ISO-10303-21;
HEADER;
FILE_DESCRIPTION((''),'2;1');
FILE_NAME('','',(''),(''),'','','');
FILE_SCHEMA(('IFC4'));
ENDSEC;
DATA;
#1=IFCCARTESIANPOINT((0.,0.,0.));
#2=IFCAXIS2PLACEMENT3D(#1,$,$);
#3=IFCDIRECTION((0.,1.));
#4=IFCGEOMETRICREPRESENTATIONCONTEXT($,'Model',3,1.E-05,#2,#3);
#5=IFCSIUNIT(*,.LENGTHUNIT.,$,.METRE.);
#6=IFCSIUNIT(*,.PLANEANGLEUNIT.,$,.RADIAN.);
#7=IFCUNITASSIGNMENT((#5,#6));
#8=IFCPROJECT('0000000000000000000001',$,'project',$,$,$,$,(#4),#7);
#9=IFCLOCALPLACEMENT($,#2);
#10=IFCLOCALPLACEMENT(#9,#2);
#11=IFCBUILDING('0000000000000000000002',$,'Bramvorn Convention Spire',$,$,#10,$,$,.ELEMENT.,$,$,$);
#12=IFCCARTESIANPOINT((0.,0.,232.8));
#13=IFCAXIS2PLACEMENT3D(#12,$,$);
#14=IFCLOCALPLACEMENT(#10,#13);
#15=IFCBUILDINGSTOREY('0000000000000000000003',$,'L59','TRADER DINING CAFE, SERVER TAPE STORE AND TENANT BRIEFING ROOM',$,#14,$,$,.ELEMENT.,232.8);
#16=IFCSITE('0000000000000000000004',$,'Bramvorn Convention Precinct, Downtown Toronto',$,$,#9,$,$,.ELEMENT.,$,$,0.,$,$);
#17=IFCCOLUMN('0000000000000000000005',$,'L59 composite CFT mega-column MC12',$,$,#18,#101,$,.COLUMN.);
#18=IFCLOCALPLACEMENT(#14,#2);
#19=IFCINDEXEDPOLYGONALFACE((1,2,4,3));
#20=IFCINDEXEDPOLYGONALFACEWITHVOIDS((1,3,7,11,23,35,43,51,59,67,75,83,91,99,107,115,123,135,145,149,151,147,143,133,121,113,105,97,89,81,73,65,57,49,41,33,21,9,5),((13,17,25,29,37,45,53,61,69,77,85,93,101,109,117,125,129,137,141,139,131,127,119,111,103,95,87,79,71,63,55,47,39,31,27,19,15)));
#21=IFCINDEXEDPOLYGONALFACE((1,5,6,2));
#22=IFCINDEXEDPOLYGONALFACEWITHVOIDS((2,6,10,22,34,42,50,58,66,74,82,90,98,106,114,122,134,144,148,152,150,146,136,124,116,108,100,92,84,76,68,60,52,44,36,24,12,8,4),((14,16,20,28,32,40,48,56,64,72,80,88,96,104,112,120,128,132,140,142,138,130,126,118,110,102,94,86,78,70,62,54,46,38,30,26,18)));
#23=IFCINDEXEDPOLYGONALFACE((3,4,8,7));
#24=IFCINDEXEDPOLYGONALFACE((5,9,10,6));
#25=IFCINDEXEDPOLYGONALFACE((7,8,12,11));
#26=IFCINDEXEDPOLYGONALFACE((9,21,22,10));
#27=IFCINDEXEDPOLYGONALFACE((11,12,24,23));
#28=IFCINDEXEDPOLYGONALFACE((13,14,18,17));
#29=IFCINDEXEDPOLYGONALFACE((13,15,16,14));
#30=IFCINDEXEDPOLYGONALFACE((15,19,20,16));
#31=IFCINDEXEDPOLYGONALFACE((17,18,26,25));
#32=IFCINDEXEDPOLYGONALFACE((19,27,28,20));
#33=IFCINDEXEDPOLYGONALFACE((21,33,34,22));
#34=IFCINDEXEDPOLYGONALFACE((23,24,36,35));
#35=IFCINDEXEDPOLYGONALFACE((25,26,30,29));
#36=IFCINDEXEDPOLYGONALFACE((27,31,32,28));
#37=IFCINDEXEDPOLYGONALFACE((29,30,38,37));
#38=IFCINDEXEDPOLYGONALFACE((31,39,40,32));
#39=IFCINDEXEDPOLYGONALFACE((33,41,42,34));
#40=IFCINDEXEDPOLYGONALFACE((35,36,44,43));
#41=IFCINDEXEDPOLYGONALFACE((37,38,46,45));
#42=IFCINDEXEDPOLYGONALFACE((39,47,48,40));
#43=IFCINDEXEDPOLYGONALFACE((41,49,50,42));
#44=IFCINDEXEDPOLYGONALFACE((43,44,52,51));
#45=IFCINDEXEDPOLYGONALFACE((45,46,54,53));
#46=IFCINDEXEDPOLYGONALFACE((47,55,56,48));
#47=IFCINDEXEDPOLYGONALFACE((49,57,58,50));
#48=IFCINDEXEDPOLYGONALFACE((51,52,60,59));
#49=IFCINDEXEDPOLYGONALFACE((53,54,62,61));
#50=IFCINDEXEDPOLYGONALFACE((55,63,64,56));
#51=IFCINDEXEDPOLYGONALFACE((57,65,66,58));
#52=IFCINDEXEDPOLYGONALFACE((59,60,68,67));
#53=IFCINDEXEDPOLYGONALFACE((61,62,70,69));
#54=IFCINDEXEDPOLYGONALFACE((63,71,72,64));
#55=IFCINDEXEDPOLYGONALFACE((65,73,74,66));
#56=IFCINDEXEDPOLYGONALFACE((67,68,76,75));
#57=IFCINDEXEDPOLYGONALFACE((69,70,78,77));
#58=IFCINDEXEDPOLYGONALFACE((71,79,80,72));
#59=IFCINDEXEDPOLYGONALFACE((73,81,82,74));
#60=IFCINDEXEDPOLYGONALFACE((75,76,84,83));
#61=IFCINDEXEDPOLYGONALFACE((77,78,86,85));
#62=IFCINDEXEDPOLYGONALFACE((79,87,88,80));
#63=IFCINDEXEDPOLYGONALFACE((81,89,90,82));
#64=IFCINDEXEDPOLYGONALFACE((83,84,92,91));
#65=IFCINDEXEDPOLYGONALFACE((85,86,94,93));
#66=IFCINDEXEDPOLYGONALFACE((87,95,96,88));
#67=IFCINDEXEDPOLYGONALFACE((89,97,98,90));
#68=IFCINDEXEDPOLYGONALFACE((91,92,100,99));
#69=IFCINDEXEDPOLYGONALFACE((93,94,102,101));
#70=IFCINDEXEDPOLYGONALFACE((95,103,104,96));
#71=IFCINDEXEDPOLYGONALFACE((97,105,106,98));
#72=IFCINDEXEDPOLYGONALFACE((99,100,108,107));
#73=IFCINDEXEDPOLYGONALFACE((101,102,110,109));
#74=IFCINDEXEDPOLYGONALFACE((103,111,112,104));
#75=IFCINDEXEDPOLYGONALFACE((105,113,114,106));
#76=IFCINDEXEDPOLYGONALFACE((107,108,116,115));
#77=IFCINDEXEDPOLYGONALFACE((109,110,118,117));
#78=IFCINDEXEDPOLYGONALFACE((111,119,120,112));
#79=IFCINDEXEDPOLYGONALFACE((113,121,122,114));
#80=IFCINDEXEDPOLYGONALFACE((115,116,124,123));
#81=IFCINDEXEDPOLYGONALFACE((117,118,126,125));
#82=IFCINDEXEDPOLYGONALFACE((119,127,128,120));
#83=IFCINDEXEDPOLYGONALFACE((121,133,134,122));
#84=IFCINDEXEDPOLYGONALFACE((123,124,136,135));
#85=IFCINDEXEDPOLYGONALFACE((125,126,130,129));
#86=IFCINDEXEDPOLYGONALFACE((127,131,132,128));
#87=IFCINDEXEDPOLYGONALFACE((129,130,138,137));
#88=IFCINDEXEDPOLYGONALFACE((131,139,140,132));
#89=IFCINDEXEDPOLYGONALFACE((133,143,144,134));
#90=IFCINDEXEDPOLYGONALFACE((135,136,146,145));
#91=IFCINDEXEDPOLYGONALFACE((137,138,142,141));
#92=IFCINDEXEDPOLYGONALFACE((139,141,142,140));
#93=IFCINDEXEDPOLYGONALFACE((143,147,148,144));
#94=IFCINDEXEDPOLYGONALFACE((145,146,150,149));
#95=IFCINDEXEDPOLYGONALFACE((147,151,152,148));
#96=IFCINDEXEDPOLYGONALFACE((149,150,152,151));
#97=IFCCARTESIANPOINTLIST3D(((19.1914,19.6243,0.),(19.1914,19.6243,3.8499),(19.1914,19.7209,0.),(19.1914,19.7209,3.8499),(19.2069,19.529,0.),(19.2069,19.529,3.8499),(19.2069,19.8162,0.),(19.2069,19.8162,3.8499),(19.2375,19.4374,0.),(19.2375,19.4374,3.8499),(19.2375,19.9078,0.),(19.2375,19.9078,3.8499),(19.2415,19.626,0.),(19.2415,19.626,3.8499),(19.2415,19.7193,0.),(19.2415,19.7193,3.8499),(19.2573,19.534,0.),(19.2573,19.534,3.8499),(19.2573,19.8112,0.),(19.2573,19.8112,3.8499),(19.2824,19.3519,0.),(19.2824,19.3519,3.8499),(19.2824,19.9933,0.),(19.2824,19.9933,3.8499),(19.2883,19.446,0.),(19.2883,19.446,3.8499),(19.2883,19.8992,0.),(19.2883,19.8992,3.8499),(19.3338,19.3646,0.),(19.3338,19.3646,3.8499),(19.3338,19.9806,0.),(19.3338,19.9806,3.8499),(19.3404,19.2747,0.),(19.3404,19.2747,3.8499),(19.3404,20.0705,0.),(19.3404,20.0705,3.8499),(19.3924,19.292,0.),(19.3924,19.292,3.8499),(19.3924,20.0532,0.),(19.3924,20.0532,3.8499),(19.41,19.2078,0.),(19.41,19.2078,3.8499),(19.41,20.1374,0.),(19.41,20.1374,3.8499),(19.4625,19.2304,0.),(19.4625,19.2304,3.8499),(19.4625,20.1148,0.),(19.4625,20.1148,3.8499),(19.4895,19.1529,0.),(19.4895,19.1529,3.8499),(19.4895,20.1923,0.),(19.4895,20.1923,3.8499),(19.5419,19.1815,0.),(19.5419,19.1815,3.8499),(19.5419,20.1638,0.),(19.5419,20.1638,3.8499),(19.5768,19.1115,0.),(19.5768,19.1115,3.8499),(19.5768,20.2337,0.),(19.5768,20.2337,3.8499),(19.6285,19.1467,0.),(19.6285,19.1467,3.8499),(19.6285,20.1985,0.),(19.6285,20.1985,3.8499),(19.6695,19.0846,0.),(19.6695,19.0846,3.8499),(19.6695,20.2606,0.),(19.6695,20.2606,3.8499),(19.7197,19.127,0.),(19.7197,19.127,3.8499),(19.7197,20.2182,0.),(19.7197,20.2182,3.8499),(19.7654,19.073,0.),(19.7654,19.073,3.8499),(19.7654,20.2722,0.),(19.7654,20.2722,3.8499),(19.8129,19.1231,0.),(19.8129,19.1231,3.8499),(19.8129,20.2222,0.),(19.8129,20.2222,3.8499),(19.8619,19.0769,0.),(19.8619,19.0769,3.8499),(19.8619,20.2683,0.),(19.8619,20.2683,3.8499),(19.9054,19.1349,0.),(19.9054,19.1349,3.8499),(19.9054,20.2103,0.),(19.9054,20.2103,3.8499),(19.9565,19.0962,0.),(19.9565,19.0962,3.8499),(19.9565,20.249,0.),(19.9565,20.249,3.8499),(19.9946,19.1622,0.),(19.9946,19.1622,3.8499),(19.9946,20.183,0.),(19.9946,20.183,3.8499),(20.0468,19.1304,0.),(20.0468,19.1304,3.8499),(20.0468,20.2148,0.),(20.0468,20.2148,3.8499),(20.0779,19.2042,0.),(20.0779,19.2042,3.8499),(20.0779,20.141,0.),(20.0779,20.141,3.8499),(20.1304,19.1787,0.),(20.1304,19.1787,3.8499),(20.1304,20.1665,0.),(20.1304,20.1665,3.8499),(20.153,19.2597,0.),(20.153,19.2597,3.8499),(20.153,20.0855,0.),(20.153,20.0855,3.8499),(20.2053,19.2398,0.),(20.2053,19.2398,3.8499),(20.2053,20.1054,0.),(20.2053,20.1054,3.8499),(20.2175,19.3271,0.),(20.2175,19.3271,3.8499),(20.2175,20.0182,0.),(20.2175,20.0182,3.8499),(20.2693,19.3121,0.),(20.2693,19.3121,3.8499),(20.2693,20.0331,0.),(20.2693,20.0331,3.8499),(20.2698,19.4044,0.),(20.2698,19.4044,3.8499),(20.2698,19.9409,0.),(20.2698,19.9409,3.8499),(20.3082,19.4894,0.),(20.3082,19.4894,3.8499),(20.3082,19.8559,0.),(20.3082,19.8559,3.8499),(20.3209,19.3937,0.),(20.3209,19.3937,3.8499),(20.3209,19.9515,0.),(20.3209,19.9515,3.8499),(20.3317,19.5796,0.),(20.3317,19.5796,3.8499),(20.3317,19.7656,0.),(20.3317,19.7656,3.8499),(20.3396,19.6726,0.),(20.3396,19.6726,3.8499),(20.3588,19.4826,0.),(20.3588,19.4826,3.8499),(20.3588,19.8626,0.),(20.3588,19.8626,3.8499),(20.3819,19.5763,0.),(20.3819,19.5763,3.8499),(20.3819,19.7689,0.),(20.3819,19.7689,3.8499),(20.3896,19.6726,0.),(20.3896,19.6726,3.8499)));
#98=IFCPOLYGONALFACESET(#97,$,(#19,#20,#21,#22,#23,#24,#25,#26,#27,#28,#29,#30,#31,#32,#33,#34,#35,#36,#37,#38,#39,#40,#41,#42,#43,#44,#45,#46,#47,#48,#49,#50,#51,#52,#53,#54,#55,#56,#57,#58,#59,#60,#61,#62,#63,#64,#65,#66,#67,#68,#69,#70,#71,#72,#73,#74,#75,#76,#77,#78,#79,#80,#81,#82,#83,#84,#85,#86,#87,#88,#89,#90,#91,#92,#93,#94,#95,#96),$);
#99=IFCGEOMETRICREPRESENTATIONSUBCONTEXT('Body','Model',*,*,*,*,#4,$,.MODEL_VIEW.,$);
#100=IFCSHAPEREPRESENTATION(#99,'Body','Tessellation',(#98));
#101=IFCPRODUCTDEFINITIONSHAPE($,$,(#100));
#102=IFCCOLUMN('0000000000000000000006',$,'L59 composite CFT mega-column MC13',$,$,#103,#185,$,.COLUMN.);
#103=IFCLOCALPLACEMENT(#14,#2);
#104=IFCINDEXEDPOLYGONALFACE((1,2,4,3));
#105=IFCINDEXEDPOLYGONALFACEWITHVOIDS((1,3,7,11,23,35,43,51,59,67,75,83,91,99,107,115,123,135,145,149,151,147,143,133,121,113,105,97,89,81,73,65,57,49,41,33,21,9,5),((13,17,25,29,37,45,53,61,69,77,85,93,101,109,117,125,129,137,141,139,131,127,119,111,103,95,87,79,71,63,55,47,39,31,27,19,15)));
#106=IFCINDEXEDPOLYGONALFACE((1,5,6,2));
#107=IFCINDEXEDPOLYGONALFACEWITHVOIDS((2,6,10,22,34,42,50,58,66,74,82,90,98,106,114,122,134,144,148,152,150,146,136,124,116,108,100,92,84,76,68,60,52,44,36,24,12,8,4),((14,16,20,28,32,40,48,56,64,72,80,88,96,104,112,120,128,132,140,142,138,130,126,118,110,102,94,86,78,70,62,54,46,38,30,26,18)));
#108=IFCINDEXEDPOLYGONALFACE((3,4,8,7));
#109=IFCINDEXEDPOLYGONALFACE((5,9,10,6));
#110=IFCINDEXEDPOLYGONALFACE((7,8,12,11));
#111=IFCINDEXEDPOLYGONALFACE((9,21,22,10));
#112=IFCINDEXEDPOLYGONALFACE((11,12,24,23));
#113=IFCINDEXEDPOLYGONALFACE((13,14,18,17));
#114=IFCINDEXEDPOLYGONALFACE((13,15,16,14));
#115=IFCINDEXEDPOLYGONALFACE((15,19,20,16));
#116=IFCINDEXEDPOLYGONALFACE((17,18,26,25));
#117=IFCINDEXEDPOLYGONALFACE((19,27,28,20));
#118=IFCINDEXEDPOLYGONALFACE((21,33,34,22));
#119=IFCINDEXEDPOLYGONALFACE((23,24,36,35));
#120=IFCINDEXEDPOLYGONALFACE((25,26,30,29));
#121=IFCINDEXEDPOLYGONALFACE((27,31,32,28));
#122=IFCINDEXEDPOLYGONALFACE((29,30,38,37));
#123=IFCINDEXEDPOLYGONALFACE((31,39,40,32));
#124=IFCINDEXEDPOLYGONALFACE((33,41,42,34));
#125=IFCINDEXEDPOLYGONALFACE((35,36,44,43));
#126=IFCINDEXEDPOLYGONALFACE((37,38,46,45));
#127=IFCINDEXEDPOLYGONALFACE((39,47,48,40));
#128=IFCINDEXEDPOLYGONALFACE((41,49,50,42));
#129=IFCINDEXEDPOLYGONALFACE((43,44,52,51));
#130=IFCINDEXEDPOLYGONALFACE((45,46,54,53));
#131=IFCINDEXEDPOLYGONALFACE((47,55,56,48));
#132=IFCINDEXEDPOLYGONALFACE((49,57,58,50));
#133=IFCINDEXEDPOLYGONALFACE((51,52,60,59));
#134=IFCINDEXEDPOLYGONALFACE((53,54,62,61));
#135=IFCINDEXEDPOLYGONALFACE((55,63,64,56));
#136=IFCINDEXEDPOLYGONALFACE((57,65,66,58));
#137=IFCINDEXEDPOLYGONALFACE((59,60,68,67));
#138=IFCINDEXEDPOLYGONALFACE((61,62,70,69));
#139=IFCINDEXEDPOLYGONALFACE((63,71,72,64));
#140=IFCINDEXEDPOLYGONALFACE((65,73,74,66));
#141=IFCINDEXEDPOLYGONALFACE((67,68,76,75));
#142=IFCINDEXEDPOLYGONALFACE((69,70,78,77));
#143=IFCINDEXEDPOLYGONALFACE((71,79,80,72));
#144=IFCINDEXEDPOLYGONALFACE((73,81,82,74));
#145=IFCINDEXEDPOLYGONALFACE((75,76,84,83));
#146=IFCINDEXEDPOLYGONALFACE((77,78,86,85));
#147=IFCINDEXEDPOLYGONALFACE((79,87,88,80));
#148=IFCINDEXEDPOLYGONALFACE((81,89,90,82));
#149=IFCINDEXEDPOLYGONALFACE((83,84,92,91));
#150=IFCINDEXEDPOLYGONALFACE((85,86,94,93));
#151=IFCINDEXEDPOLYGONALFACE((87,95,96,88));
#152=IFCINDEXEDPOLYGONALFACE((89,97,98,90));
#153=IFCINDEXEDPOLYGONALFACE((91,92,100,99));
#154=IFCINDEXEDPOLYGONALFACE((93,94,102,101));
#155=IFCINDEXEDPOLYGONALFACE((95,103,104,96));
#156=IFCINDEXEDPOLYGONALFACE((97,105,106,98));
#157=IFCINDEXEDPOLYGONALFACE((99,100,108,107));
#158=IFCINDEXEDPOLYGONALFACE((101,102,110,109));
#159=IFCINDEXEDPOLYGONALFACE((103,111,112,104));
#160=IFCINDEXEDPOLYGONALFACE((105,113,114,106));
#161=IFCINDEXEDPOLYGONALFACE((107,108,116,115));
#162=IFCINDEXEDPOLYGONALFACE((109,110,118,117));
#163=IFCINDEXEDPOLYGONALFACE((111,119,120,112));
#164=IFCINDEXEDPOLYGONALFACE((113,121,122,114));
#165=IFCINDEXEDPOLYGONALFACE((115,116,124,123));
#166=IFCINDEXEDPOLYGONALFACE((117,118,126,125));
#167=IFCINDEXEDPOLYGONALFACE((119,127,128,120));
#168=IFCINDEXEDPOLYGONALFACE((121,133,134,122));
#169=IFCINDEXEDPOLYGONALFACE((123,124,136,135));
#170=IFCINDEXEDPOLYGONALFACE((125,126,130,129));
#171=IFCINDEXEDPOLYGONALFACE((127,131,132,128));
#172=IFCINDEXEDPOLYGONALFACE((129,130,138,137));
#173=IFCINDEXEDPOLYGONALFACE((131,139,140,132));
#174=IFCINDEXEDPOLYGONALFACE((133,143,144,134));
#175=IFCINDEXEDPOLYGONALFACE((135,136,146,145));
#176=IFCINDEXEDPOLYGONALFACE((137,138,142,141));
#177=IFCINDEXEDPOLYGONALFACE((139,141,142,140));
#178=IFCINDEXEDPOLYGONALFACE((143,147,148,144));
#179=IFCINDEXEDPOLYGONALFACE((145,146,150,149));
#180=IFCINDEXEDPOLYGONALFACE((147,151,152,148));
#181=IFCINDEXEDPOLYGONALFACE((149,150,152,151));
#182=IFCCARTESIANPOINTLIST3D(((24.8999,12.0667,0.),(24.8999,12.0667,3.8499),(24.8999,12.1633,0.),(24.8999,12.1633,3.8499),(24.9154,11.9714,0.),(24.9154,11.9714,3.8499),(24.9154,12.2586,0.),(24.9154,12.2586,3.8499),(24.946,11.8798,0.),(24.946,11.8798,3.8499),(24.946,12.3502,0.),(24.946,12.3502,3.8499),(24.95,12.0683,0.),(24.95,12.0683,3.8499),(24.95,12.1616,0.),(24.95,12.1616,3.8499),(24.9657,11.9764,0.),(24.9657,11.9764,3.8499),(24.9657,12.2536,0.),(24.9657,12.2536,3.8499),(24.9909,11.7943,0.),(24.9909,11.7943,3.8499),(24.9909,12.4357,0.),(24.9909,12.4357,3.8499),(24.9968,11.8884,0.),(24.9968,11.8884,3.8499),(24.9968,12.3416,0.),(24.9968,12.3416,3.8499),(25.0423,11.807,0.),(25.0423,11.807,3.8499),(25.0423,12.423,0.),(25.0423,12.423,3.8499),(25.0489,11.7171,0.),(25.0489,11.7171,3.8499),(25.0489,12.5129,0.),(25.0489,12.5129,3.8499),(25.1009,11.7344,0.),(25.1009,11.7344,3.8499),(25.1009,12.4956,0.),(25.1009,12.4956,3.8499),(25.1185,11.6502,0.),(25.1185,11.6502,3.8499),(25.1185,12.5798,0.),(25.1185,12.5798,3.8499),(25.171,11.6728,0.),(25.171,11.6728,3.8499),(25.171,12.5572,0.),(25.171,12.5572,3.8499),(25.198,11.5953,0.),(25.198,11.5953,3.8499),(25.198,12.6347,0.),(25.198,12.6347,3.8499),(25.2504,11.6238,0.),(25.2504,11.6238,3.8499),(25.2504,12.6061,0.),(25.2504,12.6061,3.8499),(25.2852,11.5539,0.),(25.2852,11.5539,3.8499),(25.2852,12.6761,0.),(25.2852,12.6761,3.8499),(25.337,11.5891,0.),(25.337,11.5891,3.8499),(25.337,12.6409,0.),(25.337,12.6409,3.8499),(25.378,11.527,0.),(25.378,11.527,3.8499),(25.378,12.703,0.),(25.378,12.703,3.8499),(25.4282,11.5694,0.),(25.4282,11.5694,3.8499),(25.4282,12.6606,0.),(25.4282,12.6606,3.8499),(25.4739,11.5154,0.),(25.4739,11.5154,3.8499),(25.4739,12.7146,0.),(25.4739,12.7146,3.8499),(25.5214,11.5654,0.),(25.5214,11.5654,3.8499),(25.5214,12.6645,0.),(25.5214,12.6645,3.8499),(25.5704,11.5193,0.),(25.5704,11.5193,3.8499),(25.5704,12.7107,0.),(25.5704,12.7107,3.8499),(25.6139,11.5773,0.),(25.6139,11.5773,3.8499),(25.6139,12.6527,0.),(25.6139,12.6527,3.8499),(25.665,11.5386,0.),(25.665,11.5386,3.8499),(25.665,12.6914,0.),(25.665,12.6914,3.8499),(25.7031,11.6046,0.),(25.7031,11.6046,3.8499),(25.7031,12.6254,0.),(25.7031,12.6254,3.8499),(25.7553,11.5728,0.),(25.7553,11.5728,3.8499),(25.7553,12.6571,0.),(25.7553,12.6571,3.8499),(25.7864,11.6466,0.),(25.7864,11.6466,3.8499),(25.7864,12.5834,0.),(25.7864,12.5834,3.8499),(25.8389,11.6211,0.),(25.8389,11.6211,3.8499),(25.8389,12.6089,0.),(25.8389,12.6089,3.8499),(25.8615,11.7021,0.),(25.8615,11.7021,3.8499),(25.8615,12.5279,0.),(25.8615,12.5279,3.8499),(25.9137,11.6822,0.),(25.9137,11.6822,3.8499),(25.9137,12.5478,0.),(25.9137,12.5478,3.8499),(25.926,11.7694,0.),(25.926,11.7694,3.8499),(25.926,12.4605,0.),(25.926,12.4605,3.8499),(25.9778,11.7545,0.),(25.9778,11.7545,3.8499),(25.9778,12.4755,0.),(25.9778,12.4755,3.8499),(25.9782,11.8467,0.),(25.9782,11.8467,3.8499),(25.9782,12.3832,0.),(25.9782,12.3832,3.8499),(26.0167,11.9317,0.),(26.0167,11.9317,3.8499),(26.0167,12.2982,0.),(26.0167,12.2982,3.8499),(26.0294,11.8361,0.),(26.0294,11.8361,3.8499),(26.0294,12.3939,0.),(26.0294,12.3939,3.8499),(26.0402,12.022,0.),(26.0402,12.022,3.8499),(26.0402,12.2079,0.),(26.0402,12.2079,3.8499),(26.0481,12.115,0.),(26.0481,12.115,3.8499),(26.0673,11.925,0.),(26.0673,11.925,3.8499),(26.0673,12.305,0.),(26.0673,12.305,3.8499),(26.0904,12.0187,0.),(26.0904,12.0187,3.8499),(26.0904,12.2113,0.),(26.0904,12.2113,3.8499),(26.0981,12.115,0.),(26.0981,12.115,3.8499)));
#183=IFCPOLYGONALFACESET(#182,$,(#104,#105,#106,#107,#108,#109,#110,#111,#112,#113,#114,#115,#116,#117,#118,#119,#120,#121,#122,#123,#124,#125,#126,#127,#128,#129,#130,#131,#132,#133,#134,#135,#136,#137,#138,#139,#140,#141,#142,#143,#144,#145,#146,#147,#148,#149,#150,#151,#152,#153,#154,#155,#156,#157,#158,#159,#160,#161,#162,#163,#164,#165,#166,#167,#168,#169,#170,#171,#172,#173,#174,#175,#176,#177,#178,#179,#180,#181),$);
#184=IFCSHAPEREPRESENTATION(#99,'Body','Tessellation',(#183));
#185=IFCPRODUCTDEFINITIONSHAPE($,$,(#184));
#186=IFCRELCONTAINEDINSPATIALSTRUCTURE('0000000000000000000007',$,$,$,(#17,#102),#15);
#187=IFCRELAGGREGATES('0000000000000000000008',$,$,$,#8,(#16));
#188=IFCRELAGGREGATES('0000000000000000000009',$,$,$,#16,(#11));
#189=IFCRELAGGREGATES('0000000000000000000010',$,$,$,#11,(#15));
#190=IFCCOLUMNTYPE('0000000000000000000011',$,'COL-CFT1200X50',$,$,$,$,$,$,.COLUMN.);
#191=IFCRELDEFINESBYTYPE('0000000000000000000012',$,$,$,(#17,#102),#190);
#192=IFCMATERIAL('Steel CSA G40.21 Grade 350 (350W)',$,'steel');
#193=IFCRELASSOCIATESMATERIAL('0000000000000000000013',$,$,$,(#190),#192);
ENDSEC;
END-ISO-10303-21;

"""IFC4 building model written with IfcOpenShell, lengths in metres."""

from ifc_helpers import new_model, si_unit, direction, frame, origin, origin_2d, place, context, subcontext, project, spatial, hollow_circle, extrude, material, material_profile, profile_set, type_object, element, save


model = new_model("IFC4")

# Units and contexts
model_context = context("Model", 3, precision=1e-05, world=origin(), true_north=direction((0.0, 1.0)))
body_context = subcontext(model_context, "Body", "Model", "MODEL_VIEW")
ifc_project = project(units=[si_unit("LENGTHUNIT", "METRE"), si_unit("PLANEANGLEUNIT", "RADIAN")], contexts=[model_context])

# Site, building, storey
site_placement = place(None, origin())
site = spatial("IfcSite", under=ifc_project, at=site_placement, Name="Bramvorn Convention Precinct, Downtown Toronto", CompositionType="ELEMENT", RefElevation=0.0)
building_placement = place(site_placement, origin())
building = spatial("IfcBuilding", under=site, at=building_placement, Name="Bramvorn Convention Spire", CompositionType="ELEMENT")
storey_placement = place(building_placement, frame((0.0, 0.0, 232.8)))
storey = spatial("IfcBuildingStorey", under=building, at=storey_placement, Name="L59", Description="TRADER DINING CAFE, SERVER TAPE STORE AND TENANT BRIEFING ROOM", CompositionType="ELEMENT", Elevation=232.8)

# Columns
ifc_material_1 = material(Name="Steel CSA G40.21 Grade 350 (350W)", Category="steel")
ifc_material_profile_1 = material_profile(ifc_material_1, hollow_circle(Radius=0.6001, WallThickness=0.05, at=origin_2d()))
ifc_profile_set_1 = profile_set([ifc_material_profile_1], Name="Steel CSA G40.21 Grade 350 (350W) - CFT1200X50")
column_type = type_object("IfcColumnType", Name="COL-CFT1200X50", PredefinedType="COLUMN", material=ifc_profile_set_1)
for number, where, z_axis, x_axis, name in (
    (1, (19.7896, 19.6726, 0.0), (0.0, 0.0, 1.0), (1.0, 0.0, 0.0), "L59 composite CFT mega-column MC12"),
    (2, (25.498, 12.115, 0.0), (0.0, 0.0, 1.0), (1.0, 0.0, 0.0), "L59 composite CFT mega-column MC13"),
):
    element("IfcColumn", number, at=place(storey_placement, frame(where, z_axis=z_axis, x_axis=x_axis)), inside=storey, type_object=column_type, Name=name, PredefinedType="COLUMN", context=body_context, shape_type="SweptSolid", body=[
        extrude(hollow_circle(Radius=0.6001, WallThickness=0.05, at=origin_2d()), origin(), (0.0, 0.0, 1.0), 3.8499),
    ])

save(model, "model.ifc")
